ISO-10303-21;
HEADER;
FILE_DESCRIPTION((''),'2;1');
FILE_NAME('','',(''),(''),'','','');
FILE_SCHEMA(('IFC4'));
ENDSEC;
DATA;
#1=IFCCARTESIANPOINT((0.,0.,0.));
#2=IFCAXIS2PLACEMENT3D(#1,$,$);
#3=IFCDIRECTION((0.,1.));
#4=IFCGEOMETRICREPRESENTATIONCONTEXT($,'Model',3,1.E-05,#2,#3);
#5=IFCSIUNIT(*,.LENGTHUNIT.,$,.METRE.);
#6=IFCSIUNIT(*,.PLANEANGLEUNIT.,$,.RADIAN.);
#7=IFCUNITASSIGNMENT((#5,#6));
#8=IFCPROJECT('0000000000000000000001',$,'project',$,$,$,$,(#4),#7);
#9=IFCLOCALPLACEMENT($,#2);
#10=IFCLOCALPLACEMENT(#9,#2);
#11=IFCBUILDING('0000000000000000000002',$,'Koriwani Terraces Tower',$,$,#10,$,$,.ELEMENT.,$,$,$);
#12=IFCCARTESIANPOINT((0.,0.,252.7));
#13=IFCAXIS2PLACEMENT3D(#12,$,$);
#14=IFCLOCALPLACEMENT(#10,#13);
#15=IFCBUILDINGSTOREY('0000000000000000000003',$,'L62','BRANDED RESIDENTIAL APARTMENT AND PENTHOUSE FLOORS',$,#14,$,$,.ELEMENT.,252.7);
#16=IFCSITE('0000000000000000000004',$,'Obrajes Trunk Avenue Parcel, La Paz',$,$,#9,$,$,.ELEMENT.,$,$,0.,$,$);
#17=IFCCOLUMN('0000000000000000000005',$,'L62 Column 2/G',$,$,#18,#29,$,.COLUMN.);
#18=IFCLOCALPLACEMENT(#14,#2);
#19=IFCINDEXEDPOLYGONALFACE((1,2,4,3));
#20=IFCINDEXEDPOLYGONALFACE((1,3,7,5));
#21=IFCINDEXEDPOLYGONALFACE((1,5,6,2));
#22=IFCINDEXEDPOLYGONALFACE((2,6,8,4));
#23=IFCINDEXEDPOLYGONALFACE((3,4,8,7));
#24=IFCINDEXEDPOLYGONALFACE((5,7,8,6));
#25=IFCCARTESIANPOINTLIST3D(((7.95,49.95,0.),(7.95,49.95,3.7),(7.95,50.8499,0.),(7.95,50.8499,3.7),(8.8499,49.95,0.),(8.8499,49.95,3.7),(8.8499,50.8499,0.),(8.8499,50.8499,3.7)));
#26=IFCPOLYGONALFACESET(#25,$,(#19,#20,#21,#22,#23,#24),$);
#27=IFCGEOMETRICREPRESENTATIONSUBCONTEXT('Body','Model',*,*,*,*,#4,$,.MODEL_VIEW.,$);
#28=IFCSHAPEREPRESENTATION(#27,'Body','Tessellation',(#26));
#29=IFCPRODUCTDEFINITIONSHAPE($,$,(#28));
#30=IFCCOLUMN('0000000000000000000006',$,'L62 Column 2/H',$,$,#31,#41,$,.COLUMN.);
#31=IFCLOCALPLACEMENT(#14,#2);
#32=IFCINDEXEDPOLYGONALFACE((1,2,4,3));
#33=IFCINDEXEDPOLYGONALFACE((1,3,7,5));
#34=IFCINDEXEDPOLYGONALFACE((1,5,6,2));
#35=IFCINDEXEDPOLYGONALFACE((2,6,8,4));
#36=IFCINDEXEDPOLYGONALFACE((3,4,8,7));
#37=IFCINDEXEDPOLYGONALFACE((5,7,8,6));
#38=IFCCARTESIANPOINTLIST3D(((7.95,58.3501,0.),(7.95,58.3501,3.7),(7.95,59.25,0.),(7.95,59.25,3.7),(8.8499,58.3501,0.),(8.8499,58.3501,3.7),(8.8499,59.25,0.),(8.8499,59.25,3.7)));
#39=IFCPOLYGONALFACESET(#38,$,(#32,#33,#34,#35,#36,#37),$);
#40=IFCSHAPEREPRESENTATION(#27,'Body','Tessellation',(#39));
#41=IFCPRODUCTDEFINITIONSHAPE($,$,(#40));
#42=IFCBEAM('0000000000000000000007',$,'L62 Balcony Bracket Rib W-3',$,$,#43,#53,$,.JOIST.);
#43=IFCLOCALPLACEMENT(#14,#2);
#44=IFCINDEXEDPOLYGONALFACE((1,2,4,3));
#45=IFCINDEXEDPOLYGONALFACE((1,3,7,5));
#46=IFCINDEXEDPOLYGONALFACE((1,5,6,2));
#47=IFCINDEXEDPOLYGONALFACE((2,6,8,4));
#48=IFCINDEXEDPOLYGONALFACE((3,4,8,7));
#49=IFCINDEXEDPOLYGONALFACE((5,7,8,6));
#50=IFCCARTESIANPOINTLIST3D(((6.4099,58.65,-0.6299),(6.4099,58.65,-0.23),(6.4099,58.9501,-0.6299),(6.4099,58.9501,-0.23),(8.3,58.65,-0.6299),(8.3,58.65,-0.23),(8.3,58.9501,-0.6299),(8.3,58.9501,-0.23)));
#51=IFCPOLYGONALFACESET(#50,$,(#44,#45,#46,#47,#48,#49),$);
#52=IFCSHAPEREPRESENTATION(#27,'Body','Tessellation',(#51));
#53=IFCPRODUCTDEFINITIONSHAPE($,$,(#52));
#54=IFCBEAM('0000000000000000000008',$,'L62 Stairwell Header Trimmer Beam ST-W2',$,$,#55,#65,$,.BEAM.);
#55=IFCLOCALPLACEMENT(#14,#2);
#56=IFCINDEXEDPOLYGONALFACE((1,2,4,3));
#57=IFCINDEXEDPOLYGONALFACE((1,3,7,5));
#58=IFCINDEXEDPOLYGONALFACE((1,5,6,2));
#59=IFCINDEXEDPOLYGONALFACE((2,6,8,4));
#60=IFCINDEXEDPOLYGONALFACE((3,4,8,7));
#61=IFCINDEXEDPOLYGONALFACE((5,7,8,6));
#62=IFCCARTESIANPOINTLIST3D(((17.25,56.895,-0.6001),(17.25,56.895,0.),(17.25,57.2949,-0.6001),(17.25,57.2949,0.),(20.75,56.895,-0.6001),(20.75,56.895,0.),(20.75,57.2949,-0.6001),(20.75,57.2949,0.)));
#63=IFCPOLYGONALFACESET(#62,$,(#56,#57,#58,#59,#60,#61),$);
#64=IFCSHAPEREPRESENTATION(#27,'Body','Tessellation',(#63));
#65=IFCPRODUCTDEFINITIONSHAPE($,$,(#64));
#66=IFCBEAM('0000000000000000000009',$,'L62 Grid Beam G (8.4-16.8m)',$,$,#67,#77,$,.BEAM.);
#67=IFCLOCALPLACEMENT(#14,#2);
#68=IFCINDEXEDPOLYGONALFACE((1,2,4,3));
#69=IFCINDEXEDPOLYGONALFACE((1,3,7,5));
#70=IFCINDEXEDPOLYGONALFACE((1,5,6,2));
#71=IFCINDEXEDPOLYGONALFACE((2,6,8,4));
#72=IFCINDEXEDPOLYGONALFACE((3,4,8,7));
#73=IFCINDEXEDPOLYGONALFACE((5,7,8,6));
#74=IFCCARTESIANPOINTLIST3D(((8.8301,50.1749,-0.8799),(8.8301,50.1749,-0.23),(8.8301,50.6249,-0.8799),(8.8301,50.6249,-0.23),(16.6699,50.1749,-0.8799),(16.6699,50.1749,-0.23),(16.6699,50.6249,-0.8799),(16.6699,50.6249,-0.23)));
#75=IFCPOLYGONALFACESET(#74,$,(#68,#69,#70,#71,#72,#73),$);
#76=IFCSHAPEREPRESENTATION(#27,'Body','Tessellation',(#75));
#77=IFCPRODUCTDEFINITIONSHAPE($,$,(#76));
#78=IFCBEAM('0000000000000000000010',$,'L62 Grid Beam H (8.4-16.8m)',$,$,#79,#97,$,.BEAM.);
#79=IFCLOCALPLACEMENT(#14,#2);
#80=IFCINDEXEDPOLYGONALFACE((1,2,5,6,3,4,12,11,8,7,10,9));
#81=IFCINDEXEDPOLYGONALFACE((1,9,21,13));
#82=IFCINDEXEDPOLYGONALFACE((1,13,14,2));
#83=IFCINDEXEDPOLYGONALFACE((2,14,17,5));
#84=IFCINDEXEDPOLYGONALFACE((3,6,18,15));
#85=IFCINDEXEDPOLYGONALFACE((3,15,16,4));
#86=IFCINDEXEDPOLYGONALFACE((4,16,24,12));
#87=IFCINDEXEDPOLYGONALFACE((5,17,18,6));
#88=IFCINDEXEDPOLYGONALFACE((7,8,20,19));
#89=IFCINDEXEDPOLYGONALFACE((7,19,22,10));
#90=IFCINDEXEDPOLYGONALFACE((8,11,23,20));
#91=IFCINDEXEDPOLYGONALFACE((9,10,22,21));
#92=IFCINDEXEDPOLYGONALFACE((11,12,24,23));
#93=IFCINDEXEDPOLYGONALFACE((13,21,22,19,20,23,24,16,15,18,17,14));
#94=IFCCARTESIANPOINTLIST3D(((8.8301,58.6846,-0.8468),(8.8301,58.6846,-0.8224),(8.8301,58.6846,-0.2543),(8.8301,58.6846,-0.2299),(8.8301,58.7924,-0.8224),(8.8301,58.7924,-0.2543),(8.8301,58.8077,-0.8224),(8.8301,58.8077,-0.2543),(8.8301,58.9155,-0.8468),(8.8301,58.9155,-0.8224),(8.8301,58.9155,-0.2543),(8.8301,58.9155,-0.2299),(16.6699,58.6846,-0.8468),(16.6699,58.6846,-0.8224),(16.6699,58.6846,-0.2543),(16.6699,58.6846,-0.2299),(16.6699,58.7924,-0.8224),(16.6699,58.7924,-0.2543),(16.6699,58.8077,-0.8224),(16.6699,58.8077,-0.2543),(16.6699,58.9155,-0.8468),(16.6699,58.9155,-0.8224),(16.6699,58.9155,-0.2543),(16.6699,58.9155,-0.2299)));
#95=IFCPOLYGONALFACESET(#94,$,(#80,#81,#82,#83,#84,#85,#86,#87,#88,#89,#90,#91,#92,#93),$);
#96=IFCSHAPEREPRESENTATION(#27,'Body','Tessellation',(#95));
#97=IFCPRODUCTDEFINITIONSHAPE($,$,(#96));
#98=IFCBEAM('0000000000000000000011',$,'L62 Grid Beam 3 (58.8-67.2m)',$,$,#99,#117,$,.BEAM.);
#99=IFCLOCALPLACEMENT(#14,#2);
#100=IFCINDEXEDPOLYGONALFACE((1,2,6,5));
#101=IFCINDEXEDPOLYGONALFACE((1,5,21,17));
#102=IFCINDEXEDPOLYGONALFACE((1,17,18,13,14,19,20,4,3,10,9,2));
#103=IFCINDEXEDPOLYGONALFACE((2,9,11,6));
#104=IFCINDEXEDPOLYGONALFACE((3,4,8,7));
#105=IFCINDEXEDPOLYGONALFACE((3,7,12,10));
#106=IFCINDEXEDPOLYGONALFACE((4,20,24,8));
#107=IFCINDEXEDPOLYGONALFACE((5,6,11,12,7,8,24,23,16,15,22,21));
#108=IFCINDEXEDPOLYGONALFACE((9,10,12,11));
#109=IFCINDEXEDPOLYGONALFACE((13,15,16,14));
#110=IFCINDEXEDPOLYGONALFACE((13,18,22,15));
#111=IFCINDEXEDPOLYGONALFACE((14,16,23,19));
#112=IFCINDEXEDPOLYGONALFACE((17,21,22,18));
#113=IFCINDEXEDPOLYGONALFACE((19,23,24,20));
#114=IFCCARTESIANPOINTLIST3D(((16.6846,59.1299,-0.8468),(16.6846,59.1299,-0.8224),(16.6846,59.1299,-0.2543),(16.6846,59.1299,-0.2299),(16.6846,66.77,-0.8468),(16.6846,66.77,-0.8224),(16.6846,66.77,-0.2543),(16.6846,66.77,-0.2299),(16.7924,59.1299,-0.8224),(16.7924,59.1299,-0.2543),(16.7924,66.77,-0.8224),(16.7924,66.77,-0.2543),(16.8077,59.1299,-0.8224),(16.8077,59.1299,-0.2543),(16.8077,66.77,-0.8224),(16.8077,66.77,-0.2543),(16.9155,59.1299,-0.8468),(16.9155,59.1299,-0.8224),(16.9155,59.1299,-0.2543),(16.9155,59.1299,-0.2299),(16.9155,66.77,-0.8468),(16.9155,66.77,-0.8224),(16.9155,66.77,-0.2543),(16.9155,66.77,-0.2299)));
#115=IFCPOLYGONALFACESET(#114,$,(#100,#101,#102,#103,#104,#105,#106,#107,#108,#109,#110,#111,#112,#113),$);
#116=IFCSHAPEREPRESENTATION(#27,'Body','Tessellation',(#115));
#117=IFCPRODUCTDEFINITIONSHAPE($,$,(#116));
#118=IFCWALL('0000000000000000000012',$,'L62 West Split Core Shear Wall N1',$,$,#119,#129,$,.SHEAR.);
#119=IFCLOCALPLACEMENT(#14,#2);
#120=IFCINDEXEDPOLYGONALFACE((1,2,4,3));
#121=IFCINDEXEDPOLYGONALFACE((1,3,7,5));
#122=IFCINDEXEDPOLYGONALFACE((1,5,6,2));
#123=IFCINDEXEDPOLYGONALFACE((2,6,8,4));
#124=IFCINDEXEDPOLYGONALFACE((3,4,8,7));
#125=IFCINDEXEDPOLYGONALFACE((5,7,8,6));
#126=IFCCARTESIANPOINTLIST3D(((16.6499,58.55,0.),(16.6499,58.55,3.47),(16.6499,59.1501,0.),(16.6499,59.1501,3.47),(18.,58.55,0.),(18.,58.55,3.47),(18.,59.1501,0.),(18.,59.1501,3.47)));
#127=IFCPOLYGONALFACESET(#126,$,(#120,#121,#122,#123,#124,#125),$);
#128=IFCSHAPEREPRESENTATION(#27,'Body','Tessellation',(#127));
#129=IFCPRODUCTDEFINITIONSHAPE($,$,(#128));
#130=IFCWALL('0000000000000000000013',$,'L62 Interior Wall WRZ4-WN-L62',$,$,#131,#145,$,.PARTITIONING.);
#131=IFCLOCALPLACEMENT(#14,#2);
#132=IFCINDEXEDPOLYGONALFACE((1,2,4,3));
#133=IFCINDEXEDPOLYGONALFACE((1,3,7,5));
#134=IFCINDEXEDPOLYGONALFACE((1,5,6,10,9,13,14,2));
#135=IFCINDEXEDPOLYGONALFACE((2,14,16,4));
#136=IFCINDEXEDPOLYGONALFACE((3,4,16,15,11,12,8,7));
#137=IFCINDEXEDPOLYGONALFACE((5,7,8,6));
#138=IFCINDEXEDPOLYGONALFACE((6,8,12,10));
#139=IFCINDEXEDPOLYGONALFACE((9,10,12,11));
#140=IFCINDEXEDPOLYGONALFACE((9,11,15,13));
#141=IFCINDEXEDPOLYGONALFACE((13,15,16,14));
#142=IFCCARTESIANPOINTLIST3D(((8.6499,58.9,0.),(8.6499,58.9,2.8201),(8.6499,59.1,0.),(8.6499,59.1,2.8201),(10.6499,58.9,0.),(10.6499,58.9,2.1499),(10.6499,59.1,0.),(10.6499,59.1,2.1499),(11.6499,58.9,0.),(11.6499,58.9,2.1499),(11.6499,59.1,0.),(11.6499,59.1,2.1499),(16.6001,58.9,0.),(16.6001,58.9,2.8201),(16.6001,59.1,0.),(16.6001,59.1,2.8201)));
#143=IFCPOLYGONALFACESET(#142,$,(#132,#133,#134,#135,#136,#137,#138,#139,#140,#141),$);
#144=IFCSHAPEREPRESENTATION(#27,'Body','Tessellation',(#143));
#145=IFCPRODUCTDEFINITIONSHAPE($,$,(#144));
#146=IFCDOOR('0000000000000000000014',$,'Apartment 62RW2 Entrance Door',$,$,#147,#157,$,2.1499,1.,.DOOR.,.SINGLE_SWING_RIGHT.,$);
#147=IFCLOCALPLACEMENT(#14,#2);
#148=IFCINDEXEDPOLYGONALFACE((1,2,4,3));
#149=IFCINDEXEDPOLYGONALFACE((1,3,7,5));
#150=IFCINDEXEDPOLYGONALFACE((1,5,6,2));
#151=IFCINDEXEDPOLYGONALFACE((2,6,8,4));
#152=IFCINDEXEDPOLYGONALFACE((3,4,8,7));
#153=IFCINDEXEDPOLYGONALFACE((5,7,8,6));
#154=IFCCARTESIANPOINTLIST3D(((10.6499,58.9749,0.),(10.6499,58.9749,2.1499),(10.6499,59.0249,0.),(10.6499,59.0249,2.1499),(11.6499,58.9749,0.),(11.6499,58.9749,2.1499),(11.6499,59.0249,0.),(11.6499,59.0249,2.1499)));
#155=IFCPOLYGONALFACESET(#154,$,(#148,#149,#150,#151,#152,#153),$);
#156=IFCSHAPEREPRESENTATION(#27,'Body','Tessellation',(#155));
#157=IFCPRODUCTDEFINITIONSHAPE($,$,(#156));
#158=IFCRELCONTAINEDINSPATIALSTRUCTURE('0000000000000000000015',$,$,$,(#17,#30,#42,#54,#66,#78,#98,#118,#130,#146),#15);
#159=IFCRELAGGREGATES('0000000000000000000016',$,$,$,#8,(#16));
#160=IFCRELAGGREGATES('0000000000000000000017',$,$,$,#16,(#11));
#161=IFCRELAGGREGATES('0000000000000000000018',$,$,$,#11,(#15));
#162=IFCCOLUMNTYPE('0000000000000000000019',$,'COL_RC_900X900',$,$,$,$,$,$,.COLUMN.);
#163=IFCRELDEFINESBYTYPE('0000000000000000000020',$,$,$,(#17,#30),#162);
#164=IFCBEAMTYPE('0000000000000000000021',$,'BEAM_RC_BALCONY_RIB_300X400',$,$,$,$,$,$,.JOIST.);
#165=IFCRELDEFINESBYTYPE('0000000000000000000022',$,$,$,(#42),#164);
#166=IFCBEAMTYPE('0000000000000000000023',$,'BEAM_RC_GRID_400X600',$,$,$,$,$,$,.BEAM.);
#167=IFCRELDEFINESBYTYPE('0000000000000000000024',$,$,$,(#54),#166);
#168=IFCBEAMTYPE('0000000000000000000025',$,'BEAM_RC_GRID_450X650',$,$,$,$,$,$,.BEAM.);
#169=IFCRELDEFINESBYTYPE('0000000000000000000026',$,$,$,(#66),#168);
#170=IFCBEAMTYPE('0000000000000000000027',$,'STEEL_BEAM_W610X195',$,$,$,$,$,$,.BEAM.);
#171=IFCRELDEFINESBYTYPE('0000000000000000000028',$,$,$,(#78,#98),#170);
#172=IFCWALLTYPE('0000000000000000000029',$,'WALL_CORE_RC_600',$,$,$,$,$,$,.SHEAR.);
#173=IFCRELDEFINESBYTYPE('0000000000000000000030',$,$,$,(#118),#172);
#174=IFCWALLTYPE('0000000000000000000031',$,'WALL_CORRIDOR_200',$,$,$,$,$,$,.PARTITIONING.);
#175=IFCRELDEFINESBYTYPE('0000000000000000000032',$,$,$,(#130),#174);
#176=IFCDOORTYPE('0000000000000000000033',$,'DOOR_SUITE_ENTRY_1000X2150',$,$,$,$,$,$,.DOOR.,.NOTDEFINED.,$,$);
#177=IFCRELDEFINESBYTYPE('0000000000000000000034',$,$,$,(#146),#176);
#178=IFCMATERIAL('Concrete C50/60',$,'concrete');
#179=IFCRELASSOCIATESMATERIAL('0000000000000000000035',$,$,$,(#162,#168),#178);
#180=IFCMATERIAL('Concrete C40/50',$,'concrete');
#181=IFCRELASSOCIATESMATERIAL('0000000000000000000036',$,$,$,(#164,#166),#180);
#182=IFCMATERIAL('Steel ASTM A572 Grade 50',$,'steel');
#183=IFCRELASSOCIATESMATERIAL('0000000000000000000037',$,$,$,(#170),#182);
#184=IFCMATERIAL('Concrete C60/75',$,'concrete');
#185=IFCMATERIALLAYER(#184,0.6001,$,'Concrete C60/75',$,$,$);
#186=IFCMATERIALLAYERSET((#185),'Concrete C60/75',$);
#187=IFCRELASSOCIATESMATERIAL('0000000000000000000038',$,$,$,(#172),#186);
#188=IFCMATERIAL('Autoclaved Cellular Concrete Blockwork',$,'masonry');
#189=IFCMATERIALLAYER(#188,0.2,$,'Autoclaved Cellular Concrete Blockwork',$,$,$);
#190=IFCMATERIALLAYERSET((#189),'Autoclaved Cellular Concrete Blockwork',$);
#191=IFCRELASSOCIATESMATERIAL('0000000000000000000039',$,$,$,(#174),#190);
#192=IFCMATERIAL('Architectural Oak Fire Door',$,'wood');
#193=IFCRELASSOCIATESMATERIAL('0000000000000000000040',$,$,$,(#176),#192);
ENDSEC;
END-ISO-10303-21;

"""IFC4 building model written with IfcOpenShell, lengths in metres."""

from ifc_helpers import new_model, si_unit, direction, frame, frame_2d, origin, origin_2d, place, context, subcontext, project, spatial, rectangle, i_section, extrude, material, layer, layer_set, material_profile, profile_set, type_object, element, fill, save


model = new_model("IFC4")

# Units and contexts
model_context = context("Model", 3, precision=1e-05, world=origin(), true_north=direction((0.0, 1.0)))
body_context = subcontext(model_context, "Body", "Model", "MODEL_VIEW")
ifc_project = project(units=[si_unit("LENGTHUNIT", "METRE"), si_unit("PLANEANGLEUNIT", "RADIAN")], contexts=[model_context])

# Site, building, storey
site_placement = place(None, origin())
site = spatial("IfcSite", under=ifc_project, at=site_placement, Name="Obrajes Trunk Avenue Parcel, La Paz", CompositionType="ELEMENT", RefElevation=0.0)
building_placement = place(site_placement, origin())
building = spatial("IfcBuilding", under=site, at=building_placement, Name="Koriwani Terraces Tower", CompositionType="ELEMENT")
storey_placement = place(building_placement, frame((0.0, 0.0, 252.7)))
storey = spatial("IfcBuildingStorey", under=building, at=storey_placement, Name="L62", Description="BRANDED RESIDENTIAL APARTMENT AND PENTHOUSE FLOORS", CompositionType="ELEMENT", Elevation=252.7)

# Columns
ifc_material_1 = material(Name="Concrete C50/60", Category="concrete")
ifc_material_profile_1 = material_profile(ifc_material_1, rectangle(XDim=0.8999, YDim=0.8999, at=origin_2d()), Name="Concrete C50/60", Category="LoadBearing")
ifc_profile_set_1 = profile_set([ifc_material_profile_1], Name="Concrete C50/60")
column_type = type_object("IfcColumnType", Name="COL_RC_900X900", PredefinedType="COLUMN", material=ifc_profile_set_1)
for number, where, z_axis, x_axis, name in (
    (1, (8.3999, 50.3999, 0.0), (0.0, 0.0, 1.0), (1.0, 0.0, 0.0), "L62 Column 2/G"),
    (2, (8.3999, 58.8, 0.0), (0.0, 0.0, 1.0), (1.0, 0.0, 0.0), "L62 Column 2/H"),
):
    element("IfcColumn", number, at=place(storey_placement, frame(where, z_axis=z_axis, x_axis=x_axis)), inside=storey, type_object=column_type, Name=name, PredefinedType="COLUMN", context=body_context, shape_type="SweptSolid", body=[
        extrude(rectangle(XDim=0.8999, YDim=0.8999, at=origin_2d()), origin(), (0.0, 0.0, 1.0), 3.7),
    ])

# Beams
ifc_material_2 = material(Name="Concrete C40/50", Category="concrete")
ifc_material_profile_2 = material_profile(ifc_material_2, rectangle(XDim=0.3, YDim=0.3999, at=origin_2d()), Name="Concrete C40/50", Category="LoadBearing")
ifc_profile_set_2 = profile_set([ifc_material_profile_2], Name="Concrete C40/50")
beam_type_1 = type_object("IfcBeamType", Name="BEAM_RC_BALCONY_RIB_300X400", PredefinedType="JOIST", material=ifc_profile_set_2)
beam_1_placement = place(storey_placement, frame((6.4099, 58.8, -0.4299), z_axis=(1.0, 0.0, 0.0), x_axis=(0.0, 1.0, 0.0)))
element("IfcBeam", 3, at=beam_1_placement, inside=storey, type_object=beam_type_1, Name="L62 Balcony Bracket Rib W-3", PredefinedType="JOIST", context=body_context, shape_type="SweptSolid", body=[
    extrude(rectangle(XDim=0.3, YDim=0.3999, at=origin_2d()), origin(), (0.0, 0.0, 1.0), 1.8901),
])
ifc_material_profile_3 = material_profile(ifc_material_2, rectangle(XDim=0.3999, YDim=0.6001, at=origin_2d()), Name="Concrete C40/50", Category="LoadBearing")
ifc_profile_set_3 = profile_set([ifc_material_profile_3], Name="Concrete C40/50")
beam_type_2 = type_object("IfcBeamType", Name="BEAM_RC_GRID_400X600", PredefinedType="BEAM", material=ifc_profile_set_3)
beam_2_placement = place(storey_placement, frame((17.25, 57.095, -0.3), z_axis=(1.0, 0.0, 0.0), x_axis=(0.0, 1.0, 0.0)))
element("IfcBeam", 4, at=beam_2_placement, inside=storey, type_object=beam_type_2, Name="L62 Stairwell Header Trimmer Beam ST-W2", PredefinedType="BEAM", context=body_context, shape_type="SweptSolid", body=[
    extrude(rectangle(XDim=0.3999, YDim=0.6001, at=origin_2d()), origin(), (0.0, 0.0, 1.0), 3.5),
])
ifc_material_profile_4 = material_profile(ifc_material_1, rectangle(XDim=0.45, YDim=0.6499, at=origin_2d()), Name="Concrete C50/60", Category="LoadBearing")
ifc_profile_set_4 = profile_set([ifc_material_profile_4], Name="Concrete C50/60")
beam_type_3 = type_object("IfcBeamType", Name="BEAM_RC_GRID_450X650", PredefinedType="BEAM", material=ifc_profile_set_4)
beam_3_placement = place(storey_placement, frame((8.8301, 50.3999, -0.5549), z_axis=(1.0, 0.0, 0.0), x_axis=(0.0, 1.0, 0.0)))
element("IfcBeam", 5, at=beam_3_placement, inside=storey, type_object=beam_type_3, Name="L62 Grid Beam G (8.4-16.8m)", PredefinedType="BEAM", context=body_context, shape_type="SweptSolid", body=[
    extrude(rectangle(XDim=0.45, YDim=0.6499, at=origin_2d()), origin(), (0.0, 0.0, 1.0), 7.8398),
])
ifc_material_3 = material(Name="Steel ASTM A572 Grade 50", Category="steel")
ifc_material_profile_5 = material_profile(ifc_material_3, i_section(OverallWidth=0.231, OverallDepth=0.6169, WebThickness=0.0154, FlangeThickness=0.0244, at=origin_2d()), Name="Steel ASTM A572 Grade 50", Category="LoadBearing")
ifc_profile_set_5 = profile_set([ifc_material_profile_5], Name="Steel ASTM A572 Grade 50")
beam_type_4 = type_object("IfcBeamType", Name="STEEL_BEAM_W610X195", PredefinedType="BEAM", material=ifc_profile_set_5)
beam_4_placement = place(storey_placement, frame((8.8301, 58.8, -0.5383), z_axis=(1.0, 0.0, 0.0), x_axis=(0.0, 1.0, 0.0)))
element("IfcBeam", 6, at=beam_4_placement, inside=storey, type_object=beam_type_4, Name="L62 Grid Beam H (8.4-16.8m)", PredefinedType="BEAM", context=body_context, shape_type="SweptSolid", body=[
    extrude(i_section(OverallWidth=0.231, OverallDepth=0.6169, WebThickness=0.0154, FlangeThickness=0.0244, at=origin_2d()), origin(), (0.0, 0.0, 1.0), 7.8398),
])
beam_5_placement = place(storey_placement, frame((16.8, 59.1299, -0.5383), z_axis=(0.0, 1.0, 0.0), x_axis=(-1.0, 0.0, 0.0)))
element("IfcBeam", 7, at=beam_5_placement, inside=storey, type_object=beam_type_4, Name="L62 Grid Beam 3 (58.8-67.2m)", PredefinedType="BEAM", context=body_context, shape_type="SweptSolid", body=[
    extrude(i_section(OverallWidth=0.231, OverallDepth=0.6169, WebThickness=0.0154, FlangeThickness=0.0244, at=origin_2d()), origin(), (0.0, 0.0, 1.0), 7.6401),
])

# Wall
ifc_material_4 = material(Name="Concrete C60/75", Category="concrete")
ifc_layer_1 = layer(ifc_material_4, 0.6001, Name="Concrete C60/75")
ifc_layer_set_1 = layer_set([ifc_layer_1], Name="Concrete C60/75")
wall_type_1 = type_object("IfcWallType", Name="WALL_CORE_RC_600", PredefinedType="SHEAR", material=ifc_layer_set_1)
wall_1_placement = place(storey_placement, frame((16.6499, 58.8501, 0.0), z_axis=(0.0, 0.0, 1.0), x_axis=(1.0, 0.0, 0.0)))
element("IfcWall", 8, at=wall_1_placement, inside=storey, type_object=wall_type_1, Name="L62 West Split Core Shear Wall N1", PredefinedType="SHEAR", context=body_context, shape_type="SweptSolid", body=[
    extrude(rectangle(XDim=1.3501, YDim=0.6001, at=frame_2d((0.675, 0.0))), origin(), (0.0, 0.0, 1.0), 3.47),
])

# Wall, opening, door
ifc_material_5 = material(Name="Autoclaved Cellular Concrete Blockwork", Category="masonry")
ifc_layer_2 = layer(ifc_material_5, 0.2, Name="Autoclaved Cellular Concrete Blockwork")
ifc_layer_set_2 = layer_set([ifc_layer_2], Name="Autoclaved Cellular Concrete Blockwork")
wall_type_2 = type_object("IfcWallType", Name="WALL_CORRIDOR_200", PredefinedType="PARTITIONING", material=ifc_layer_set_2)
wall_2_placement = place(storey_placement, frame((8.6499, 59.0, 0.0), z_axis=(0.0, 0.0, 1.0), x_axis=(1.0, 0.0, 0.0)))
wall_2 = element("IfcWall", 9, at=wall_2_placement, inside=storey, type_object=wall_type_2, Name="L62 Interior Wall WRZ4-WN-L62", PredefinedType="PARTITIONING", context=body_context, shape_type="SweptSolid", body=[
    extrude(rectangle(XDim=7.9502, YDim=0.2, at=frame_2d((3.9751, 0.0))), origin(), (0.0, 0.0, 1.0), 2.8201),
])
opening_1_placement = place(wall_2_placement, frame((2.0, 0.0, 0.0)))
opening_1 = element("IfcOpeningElement", 10, at=opening_1_placement, cuts=wall_2, PredefinedType="OPENING", context=body_context, shape_type="SweptSolid", body=[
    extrude(rectangle(XDim=1.0, YDim=2.1499, at=frame_2d((0.5, 1.075))), frame((0.0, 0.1099, 0.0), z_axis=(0.0, -1.0, 0.0), x_axis=(1.0, 0.0, 0.0)), (0.0, 0.0, 1.0), 0.22),
])
ifc_material_6 = material(Name="Architectural Oak Fire Door", Category="wood")
door_type_1 = type_object("IfcDoorType", Name="DOOR_SUITE_ENTRY_1000X2150", OperationType="NOTDEFINED", PredefinedType="DOOR", material=ifc_material_6)
door_1_placement = place(opening_1_placement, origin())
door_1 = element("IfcDoor", 11, at=door_1_placement, inside=storey, type_object=door_type_1, Name="Apartment 62RW2 Entrance Door", OperationType="SINGLE_SWING_RIGHT", OverallHeight=2.1499, OverallWidth=1.0, PredefinedType="DOOR", context=body_context, shape_type="SweptSolid", body=[
    extrude(rectangle(XDim=1.0, YDim=2.1499, at=frame_2d((0.5, 1.075))), frame((0.0, 0.0249, 0.0), z_axis=(0.0, -1.0, 0.0), x_axis=(1.0, 0.0, 0.0)), (0.0, 0.0, 1.0), 0.05),
])
fill(opening_1, door_1)

save(model, "model.ifc")
